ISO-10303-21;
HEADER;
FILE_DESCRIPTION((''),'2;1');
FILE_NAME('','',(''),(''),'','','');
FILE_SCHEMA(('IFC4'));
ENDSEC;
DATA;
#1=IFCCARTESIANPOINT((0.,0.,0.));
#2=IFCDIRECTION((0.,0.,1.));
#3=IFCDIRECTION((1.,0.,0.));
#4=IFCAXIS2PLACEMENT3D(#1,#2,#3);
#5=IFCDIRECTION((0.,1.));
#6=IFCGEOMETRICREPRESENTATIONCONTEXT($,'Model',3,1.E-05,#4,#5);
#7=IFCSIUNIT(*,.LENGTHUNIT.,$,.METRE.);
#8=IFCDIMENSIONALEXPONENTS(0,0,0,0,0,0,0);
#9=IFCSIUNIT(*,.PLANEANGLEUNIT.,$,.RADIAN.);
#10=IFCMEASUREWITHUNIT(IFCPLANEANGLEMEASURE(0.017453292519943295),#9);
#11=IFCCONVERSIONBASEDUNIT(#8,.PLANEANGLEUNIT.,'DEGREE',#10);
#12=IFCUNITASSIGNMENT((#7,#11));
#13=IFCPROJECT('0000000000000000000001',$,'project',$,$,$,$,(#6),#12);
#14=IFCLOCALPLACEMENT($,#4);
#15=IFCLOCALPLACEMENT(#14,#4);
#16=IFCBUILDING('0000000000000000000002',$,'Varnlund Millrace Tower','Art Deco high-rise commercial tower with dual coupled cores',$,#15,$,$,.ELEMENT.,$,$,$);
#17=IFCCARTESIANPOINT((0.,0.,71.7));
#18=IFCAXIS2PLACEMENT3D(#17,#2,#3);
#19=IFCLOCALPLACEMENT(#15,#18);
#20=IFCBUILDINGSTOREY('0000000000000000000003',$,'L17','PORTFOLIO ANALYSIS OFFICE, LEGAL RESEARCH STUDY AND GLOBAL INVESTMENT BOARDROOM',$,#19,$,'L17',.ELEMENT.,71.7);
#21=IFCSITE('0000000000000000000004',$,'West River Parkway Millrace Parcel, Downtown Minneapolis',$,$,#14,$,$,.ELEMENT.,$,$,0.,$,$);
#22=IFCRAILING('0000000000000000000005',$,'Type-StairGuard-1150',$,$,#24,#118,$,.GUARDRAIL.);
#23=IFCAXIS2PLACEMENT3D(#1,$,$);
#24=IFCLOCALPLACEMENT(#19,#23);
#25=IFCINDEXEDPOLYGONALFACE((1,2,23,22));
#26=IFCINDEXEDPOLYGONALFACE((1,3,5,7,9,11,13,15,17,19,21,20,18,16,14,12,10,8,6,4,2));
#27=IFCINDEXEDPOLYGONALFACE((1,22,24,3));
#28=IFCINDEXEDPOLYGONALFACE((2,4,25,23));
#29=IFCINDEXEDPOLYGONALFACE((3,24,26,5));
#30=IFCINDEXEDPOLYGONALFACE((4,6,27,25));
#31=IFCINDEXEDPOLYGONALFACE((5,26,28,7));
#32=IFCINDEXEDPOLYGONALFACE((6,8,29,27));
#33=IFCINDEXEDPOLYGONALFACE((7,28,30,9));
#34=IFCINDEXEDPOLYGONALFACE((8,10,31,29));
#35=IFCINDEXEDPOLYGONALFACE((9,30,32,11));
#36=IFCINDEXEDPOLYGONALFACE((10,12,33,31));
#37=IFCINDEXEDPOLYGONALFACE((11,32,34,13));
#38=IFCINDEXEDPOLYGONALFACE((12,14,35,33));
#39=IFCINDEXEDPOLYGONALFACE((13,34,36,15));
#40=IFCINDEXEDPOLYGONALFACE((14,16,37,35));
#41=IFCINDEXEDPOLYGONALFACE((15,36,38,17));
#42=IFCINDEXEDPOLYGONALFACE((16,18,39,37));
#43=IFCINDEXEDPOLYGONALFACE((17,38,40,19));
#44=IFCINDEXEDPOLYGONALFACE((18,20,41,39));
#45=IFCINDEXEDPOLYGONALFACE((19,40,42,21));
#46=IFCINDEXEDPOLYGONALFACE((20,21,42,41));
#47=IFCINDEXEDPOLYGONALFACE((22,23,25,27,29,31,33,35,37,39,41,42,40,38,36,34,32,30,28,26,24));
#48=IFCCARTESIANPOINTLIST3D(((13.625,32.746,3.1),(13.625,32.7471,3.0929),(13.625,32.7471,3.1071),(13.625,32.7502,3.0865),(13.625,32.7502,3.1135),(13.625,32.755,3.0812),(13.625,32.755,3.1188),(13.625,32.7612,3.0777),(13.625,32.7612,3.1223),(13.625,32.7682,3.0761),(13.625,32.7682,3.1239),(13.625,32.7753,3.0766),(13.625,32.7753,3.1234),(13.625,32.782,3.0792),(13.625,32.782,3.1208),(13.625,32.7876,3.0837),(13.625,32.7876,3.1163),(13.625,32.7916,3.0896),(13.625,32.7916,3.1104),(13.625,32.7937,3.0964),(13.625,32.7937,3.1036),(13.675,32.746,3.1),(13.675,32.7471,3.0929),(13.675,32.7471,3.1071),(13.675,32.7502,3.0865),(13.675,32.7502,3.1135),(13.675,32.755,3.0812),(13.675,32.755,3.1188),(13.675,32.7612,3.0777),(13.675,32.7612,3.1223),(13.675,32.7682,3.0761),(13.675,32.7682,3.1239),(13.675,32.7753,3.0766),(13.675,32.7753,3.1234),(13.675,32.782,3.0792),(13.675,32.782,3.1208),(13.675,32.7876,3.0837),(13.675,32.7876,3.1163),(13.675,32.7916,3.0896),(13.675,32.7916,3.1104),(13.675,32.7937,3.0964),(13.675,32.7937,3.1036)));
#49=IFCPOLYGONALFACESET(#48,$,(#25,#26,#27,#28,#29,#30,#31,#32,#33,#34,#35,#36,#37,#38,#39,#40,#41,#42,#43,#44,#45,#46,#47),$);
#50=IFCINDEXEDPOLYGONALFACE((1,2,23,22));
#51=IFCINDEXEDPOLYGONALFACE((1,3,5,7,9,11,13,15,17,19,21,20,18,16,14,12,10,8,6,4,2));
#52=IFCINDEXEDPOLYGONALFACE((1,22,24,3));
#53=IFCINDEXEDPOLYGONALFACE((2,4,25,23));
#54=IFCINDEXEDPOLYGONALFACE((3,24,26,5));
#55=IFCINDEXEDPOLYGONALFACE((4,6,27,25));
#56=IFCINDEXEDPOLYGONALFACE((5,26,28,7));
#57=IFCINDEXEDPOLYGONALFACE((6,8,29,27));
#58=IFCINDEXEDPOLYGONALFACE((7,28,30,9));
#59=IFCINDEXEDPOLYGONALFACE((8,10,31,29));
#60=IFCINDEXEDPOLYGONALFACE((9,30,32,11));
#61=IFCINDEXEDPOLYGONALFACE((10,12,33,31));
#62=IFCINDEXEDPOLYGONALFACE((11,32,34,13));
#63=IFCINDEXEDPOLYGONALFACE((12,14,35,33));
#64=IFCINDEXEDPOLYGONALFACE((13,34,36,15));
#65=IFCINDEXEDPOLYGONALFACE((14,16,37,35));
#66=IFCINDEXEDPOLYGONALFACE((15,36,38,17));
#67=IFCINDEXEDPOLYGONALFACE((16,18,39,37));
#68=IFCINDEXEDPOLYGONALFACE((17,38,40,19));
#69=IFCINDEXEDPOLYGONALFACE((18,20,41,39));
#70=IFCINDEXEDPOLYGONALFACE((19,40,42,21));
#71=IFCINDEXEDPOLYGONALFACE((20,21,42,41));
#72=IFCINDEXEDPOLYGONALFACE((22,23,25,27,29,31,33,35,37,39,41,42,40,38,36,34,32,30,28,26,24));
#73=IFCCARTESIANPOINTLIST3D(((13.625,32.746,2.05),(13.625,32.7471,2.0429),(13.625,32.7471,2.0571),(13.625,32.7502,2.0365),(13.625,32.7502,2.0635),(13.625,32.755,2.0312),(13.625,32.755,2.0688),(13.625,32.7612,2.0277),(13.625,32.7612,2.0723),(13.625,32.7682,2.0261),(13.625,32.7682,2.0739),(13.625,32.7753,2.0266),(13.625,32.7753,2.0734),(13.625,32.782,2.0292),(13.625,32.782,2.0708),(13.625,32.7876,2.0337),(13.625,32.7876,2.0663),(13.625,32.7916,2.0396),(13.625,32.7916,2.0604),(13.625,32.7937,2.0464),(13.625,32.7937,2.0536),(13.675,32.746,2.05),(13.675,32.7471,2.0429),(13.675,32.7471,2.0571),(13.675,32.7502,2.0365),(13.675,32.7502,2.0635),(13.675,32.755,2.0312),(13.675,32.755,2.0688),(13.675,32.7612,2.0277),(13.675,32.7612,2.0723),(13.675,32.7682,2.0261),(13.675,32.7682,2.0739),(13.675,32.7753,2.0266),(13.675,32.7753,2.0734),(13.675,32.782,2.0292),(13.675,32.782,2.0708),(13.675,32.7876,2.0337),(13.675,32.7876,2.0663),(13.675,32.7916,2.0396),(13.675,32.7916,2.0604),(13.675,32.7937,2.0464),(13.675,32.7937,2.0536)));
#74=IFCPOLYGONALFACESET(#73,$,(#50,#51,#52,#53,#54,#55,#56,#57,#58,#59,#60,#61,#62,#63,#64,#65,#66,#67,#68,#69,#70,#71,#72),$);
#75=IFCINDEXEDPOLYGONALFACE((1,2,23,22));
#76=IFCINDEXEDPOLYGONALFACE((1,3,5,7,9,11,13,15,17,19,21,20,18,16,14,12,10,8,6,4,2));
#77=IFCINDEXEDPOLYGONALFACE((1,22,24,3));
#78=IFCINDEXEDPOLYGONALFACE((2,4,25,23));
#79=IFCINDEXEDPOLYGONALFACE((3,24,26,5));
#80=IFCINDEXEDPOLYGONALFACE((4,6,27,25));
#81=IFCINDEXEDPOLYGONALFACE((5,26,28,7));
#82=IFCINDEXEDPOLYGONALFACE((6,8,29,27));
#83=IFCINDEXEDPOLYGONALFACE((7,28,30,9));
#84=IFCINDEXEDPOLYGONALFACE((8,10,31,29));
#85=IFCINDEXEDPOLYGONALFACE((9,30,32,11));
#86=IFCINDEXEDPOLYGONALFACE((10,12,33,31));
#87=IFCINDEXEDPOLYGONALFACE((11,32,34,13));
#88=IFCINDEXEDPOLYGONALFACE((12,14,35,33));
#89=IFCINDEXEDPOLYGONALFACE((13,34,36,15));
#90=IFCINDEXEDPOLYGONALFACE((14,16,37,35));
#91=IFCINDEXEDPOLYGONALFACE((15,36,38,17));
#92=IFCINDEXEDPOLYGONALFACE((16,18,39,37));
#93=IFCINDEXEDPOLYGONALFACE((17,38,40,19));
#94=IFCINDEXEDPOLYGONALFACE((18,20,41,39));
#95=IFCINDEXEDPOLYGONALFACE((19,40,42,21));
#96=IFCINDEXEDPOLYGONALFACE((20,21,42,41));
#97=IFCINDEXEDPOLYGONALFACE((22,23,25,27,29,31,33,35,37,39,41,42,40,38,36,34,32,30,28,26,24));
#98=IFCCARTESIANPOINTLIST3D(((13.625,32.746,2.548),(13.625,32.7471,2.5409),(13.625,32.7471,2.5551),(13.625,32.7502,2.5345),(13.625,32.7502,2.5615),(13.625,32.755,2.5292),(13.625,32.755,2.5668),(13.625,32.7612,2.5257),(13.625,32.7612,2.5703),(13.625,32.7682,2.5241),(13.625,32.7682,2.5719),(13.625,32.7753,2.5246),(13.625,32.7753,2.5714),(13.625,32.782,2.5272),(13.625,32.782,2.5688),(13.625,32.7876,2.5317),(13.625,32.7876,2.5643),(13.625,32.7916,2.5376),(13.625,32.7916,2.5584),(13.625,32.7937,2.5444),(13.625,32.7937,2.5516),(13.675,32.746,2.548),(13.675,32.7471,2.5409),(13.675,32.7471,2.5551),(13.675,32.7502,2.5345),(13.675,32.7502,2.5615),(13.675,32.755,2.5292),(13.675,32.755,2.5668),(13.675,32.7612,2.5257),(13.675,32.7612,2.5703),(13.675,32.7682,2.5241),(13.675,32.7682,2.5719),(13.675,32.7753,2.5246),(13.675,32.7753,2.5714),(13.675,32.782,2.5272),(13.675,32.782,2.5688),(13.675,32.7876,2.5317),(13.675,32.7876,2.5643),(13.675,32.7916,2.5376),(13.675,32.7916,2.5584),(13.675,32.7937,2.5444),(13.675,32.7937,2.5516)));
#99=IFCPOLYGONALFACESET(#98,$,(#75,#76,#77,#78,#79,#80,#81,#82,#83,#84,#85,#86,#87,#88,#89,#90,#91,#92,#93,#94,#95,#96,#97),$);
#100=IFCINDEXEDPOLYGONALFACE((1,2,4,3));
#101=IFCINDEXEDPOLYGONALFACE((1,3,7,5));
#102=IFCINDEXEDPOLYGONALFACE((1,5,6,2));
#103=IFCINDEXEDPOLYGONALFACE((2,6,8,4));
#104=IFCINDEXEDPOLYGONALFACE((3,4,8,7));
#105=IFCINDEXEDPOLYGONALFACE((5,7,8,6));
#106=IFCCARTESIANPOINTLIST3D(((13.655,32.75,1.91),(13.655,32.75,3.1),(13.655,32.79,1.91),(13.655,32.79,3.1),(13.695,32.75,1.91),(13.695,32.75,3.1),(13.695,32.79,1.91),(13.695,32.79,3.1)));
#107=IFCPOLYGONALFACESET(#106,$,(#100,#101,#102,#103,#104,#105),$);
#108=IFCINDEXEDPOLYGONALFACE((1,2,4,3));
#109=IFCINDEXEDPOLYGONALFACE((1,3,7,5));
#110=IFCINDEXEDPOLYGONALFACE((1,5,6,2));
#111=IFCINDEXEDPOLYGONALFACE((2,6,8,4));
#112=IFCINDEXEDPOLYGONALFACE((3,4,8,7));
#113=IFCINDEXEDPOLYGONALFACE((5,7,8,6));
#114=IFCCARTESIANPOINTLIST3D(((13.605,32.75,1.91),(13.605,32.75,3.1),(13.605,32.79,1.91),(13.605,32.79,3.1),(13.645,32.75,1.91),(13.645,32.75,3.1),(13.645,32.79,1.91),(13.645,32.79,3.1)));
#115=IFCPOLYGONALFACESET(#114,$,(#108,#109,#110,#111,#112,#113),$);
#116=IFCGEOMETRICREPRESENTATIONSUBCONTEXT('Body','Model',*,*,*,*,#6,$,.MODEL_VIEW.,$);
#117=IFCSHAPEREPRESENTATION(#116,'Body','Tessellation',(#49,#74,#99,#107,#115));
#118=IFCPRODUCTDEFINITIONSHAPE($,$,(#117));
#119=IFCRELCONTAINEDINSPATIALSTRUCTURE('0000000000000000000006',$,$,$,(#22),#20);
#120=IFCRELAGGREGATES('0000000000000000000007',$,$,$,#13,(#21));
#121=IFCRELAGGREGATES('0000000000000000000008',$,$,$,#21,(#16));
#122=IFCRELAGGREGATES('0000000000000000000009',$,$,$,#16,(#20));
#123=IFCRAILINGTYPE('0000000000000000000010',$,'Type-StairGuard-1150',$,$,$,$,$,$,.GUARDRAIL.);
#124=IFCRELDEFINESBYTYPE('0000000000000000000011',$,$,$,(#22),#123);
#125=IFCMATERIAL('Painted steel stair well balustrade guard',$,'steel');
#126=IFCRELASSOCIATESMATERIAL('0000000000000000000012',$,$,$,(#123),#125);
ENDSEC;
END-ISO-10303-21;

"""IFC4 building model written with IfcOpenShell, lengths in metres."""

from ifc_helpers import new_model, entity, si_unit, converted_unit, direction, frame, origin_with_axes, origin_2d_with_axis, place, context, subcontext, project, spatial, rectangle, circle, extrude, material, type_object, element, save


model = new_model("IFC4")

# Units and contexts
model_context = context("Model", 3, precision=1e-05, world=origin_with_axes(), true_north=direction((0.0, 1.0)))
body_context = subcontext(model_context, "Body", "Model", "MODEL_VIEW")
ifc_project = project(units=[si_unit("LENGTHUNIT", "METRE"), converted_unit("PLANEANGLEUNIT", "DEGREE", entity("IfcPlaneAngleMeasure", 0.017453292519943295), si_unit("PLANEANGLEUNIT", "RADIAN"), dimensions=[0, 0, 0, 0, 0, 0, 0])], contexts=[model_context])

# Site, building, storey
site_placement = place(None, origin_with_axes())
site = spatial("IfcSite", under=ifc_project, at=site_placement, Name="West River Parkway Millrace Parcel, Downtown Minneapolis", CompositionType="ELEMENT", RefElevation=0.0)
building_placement = place(site_placement, origin_with_axes())
building = spatial("IfcBuilding", under=site, at=building_placement, Name="Varnlund Millrace Tower", Description="Art Deco high-rise commercial tower with dual coupled cores", CompositionType="ELEMENT")
storey_placement = place(building_placement, frame((0.0, 0.0, 71.7), z_axis=(0.0, 0.0, 1.0), x_axis=(1.0, 0.0, 0.0)))
storey = spatial("IfcBuildingStorey", under=building, at=storey_placement, Name="L17", Description="PORTFOLIO ANALYSIS OFFICE, LEGAL RESEARCH STUDY AND GLOBAL INVESTMENT BOARDROOM", LongName="L17", CompositionType="ELEMENT", Elevation=71.7)

# Railing
ifc_material_1 = material(Name="Painted steel stair well balustrade guard", Category="steel")
railing_type_1 = type_object("IfcRailingType", Name="Type-StairGuard-1150", PredefinedType="GUARDRAIL", material=ifc_material_1)
railing_1_placement = place(storey_placement, frame((0.0, 0.0, -71.7), z_axis=(0.0, 0.0, 1.0), x_axis=(1.0, 0.0, 0.0)))
element("IfcRailing", 1, at=railing_1_placement, inside=storey, type_object=railing_type_1, Name="Type-StairGuard-1150", PredefinedType="GUARDRAIL", context=body_context, shape_type="SweptSolid", body=[
    extrude(circle(Radius=0.024, at=origin_2d_with_axis()), frame((13.675, 32.77, 74.8), z_axis=(-1.0, 0.0, 0.0), x_axis=(0.0, -1.0, 0.0)), (0.0, 0.0, 1.0), 0.05),
    extrude(circle(Radius=0.024, at=origin_2d_with_axis()), frame((13.675, 32.77, 73.75), z_axis=(-1.0, 0.0, 0.0), x_axis=(0.0, -1.0, 0.0)), (0.0, 0.0, 1.0), 0.05),
    extrude(circle(Radius=0.024, at=origin_2d_with_axis()), frame((13.675, 32.77, 74.248), z_axis=(-1.0, 0.0, 0.0), x_axis=(0.0, -1.0, 0.0)), (0.0, 0.0, 1.0), 0.05),
    extrude(rectangle(XDim=0.04, YDim=0.04, at=origin_2d_with_axis()), frame((13.675, 32.77, 73.61), z_axis=(0.0, 0.0, 1.0), x_axis=(1.0, 0.0, 0.0)), (0.0, 0.0, 1.0), 1.19),
    extrude(rectangle(XDim=0.04, YDim=0.04, at=origin_2d_with_axis()), frame((13.625, 32.77, 73.61), z_axis=(0.0, 0.0, 1.0), x_axis=(1.0, 0.0, 0.0)), (0.0, 0.0, 1.0), 1.19),
])

save(model, "model.ifc")
